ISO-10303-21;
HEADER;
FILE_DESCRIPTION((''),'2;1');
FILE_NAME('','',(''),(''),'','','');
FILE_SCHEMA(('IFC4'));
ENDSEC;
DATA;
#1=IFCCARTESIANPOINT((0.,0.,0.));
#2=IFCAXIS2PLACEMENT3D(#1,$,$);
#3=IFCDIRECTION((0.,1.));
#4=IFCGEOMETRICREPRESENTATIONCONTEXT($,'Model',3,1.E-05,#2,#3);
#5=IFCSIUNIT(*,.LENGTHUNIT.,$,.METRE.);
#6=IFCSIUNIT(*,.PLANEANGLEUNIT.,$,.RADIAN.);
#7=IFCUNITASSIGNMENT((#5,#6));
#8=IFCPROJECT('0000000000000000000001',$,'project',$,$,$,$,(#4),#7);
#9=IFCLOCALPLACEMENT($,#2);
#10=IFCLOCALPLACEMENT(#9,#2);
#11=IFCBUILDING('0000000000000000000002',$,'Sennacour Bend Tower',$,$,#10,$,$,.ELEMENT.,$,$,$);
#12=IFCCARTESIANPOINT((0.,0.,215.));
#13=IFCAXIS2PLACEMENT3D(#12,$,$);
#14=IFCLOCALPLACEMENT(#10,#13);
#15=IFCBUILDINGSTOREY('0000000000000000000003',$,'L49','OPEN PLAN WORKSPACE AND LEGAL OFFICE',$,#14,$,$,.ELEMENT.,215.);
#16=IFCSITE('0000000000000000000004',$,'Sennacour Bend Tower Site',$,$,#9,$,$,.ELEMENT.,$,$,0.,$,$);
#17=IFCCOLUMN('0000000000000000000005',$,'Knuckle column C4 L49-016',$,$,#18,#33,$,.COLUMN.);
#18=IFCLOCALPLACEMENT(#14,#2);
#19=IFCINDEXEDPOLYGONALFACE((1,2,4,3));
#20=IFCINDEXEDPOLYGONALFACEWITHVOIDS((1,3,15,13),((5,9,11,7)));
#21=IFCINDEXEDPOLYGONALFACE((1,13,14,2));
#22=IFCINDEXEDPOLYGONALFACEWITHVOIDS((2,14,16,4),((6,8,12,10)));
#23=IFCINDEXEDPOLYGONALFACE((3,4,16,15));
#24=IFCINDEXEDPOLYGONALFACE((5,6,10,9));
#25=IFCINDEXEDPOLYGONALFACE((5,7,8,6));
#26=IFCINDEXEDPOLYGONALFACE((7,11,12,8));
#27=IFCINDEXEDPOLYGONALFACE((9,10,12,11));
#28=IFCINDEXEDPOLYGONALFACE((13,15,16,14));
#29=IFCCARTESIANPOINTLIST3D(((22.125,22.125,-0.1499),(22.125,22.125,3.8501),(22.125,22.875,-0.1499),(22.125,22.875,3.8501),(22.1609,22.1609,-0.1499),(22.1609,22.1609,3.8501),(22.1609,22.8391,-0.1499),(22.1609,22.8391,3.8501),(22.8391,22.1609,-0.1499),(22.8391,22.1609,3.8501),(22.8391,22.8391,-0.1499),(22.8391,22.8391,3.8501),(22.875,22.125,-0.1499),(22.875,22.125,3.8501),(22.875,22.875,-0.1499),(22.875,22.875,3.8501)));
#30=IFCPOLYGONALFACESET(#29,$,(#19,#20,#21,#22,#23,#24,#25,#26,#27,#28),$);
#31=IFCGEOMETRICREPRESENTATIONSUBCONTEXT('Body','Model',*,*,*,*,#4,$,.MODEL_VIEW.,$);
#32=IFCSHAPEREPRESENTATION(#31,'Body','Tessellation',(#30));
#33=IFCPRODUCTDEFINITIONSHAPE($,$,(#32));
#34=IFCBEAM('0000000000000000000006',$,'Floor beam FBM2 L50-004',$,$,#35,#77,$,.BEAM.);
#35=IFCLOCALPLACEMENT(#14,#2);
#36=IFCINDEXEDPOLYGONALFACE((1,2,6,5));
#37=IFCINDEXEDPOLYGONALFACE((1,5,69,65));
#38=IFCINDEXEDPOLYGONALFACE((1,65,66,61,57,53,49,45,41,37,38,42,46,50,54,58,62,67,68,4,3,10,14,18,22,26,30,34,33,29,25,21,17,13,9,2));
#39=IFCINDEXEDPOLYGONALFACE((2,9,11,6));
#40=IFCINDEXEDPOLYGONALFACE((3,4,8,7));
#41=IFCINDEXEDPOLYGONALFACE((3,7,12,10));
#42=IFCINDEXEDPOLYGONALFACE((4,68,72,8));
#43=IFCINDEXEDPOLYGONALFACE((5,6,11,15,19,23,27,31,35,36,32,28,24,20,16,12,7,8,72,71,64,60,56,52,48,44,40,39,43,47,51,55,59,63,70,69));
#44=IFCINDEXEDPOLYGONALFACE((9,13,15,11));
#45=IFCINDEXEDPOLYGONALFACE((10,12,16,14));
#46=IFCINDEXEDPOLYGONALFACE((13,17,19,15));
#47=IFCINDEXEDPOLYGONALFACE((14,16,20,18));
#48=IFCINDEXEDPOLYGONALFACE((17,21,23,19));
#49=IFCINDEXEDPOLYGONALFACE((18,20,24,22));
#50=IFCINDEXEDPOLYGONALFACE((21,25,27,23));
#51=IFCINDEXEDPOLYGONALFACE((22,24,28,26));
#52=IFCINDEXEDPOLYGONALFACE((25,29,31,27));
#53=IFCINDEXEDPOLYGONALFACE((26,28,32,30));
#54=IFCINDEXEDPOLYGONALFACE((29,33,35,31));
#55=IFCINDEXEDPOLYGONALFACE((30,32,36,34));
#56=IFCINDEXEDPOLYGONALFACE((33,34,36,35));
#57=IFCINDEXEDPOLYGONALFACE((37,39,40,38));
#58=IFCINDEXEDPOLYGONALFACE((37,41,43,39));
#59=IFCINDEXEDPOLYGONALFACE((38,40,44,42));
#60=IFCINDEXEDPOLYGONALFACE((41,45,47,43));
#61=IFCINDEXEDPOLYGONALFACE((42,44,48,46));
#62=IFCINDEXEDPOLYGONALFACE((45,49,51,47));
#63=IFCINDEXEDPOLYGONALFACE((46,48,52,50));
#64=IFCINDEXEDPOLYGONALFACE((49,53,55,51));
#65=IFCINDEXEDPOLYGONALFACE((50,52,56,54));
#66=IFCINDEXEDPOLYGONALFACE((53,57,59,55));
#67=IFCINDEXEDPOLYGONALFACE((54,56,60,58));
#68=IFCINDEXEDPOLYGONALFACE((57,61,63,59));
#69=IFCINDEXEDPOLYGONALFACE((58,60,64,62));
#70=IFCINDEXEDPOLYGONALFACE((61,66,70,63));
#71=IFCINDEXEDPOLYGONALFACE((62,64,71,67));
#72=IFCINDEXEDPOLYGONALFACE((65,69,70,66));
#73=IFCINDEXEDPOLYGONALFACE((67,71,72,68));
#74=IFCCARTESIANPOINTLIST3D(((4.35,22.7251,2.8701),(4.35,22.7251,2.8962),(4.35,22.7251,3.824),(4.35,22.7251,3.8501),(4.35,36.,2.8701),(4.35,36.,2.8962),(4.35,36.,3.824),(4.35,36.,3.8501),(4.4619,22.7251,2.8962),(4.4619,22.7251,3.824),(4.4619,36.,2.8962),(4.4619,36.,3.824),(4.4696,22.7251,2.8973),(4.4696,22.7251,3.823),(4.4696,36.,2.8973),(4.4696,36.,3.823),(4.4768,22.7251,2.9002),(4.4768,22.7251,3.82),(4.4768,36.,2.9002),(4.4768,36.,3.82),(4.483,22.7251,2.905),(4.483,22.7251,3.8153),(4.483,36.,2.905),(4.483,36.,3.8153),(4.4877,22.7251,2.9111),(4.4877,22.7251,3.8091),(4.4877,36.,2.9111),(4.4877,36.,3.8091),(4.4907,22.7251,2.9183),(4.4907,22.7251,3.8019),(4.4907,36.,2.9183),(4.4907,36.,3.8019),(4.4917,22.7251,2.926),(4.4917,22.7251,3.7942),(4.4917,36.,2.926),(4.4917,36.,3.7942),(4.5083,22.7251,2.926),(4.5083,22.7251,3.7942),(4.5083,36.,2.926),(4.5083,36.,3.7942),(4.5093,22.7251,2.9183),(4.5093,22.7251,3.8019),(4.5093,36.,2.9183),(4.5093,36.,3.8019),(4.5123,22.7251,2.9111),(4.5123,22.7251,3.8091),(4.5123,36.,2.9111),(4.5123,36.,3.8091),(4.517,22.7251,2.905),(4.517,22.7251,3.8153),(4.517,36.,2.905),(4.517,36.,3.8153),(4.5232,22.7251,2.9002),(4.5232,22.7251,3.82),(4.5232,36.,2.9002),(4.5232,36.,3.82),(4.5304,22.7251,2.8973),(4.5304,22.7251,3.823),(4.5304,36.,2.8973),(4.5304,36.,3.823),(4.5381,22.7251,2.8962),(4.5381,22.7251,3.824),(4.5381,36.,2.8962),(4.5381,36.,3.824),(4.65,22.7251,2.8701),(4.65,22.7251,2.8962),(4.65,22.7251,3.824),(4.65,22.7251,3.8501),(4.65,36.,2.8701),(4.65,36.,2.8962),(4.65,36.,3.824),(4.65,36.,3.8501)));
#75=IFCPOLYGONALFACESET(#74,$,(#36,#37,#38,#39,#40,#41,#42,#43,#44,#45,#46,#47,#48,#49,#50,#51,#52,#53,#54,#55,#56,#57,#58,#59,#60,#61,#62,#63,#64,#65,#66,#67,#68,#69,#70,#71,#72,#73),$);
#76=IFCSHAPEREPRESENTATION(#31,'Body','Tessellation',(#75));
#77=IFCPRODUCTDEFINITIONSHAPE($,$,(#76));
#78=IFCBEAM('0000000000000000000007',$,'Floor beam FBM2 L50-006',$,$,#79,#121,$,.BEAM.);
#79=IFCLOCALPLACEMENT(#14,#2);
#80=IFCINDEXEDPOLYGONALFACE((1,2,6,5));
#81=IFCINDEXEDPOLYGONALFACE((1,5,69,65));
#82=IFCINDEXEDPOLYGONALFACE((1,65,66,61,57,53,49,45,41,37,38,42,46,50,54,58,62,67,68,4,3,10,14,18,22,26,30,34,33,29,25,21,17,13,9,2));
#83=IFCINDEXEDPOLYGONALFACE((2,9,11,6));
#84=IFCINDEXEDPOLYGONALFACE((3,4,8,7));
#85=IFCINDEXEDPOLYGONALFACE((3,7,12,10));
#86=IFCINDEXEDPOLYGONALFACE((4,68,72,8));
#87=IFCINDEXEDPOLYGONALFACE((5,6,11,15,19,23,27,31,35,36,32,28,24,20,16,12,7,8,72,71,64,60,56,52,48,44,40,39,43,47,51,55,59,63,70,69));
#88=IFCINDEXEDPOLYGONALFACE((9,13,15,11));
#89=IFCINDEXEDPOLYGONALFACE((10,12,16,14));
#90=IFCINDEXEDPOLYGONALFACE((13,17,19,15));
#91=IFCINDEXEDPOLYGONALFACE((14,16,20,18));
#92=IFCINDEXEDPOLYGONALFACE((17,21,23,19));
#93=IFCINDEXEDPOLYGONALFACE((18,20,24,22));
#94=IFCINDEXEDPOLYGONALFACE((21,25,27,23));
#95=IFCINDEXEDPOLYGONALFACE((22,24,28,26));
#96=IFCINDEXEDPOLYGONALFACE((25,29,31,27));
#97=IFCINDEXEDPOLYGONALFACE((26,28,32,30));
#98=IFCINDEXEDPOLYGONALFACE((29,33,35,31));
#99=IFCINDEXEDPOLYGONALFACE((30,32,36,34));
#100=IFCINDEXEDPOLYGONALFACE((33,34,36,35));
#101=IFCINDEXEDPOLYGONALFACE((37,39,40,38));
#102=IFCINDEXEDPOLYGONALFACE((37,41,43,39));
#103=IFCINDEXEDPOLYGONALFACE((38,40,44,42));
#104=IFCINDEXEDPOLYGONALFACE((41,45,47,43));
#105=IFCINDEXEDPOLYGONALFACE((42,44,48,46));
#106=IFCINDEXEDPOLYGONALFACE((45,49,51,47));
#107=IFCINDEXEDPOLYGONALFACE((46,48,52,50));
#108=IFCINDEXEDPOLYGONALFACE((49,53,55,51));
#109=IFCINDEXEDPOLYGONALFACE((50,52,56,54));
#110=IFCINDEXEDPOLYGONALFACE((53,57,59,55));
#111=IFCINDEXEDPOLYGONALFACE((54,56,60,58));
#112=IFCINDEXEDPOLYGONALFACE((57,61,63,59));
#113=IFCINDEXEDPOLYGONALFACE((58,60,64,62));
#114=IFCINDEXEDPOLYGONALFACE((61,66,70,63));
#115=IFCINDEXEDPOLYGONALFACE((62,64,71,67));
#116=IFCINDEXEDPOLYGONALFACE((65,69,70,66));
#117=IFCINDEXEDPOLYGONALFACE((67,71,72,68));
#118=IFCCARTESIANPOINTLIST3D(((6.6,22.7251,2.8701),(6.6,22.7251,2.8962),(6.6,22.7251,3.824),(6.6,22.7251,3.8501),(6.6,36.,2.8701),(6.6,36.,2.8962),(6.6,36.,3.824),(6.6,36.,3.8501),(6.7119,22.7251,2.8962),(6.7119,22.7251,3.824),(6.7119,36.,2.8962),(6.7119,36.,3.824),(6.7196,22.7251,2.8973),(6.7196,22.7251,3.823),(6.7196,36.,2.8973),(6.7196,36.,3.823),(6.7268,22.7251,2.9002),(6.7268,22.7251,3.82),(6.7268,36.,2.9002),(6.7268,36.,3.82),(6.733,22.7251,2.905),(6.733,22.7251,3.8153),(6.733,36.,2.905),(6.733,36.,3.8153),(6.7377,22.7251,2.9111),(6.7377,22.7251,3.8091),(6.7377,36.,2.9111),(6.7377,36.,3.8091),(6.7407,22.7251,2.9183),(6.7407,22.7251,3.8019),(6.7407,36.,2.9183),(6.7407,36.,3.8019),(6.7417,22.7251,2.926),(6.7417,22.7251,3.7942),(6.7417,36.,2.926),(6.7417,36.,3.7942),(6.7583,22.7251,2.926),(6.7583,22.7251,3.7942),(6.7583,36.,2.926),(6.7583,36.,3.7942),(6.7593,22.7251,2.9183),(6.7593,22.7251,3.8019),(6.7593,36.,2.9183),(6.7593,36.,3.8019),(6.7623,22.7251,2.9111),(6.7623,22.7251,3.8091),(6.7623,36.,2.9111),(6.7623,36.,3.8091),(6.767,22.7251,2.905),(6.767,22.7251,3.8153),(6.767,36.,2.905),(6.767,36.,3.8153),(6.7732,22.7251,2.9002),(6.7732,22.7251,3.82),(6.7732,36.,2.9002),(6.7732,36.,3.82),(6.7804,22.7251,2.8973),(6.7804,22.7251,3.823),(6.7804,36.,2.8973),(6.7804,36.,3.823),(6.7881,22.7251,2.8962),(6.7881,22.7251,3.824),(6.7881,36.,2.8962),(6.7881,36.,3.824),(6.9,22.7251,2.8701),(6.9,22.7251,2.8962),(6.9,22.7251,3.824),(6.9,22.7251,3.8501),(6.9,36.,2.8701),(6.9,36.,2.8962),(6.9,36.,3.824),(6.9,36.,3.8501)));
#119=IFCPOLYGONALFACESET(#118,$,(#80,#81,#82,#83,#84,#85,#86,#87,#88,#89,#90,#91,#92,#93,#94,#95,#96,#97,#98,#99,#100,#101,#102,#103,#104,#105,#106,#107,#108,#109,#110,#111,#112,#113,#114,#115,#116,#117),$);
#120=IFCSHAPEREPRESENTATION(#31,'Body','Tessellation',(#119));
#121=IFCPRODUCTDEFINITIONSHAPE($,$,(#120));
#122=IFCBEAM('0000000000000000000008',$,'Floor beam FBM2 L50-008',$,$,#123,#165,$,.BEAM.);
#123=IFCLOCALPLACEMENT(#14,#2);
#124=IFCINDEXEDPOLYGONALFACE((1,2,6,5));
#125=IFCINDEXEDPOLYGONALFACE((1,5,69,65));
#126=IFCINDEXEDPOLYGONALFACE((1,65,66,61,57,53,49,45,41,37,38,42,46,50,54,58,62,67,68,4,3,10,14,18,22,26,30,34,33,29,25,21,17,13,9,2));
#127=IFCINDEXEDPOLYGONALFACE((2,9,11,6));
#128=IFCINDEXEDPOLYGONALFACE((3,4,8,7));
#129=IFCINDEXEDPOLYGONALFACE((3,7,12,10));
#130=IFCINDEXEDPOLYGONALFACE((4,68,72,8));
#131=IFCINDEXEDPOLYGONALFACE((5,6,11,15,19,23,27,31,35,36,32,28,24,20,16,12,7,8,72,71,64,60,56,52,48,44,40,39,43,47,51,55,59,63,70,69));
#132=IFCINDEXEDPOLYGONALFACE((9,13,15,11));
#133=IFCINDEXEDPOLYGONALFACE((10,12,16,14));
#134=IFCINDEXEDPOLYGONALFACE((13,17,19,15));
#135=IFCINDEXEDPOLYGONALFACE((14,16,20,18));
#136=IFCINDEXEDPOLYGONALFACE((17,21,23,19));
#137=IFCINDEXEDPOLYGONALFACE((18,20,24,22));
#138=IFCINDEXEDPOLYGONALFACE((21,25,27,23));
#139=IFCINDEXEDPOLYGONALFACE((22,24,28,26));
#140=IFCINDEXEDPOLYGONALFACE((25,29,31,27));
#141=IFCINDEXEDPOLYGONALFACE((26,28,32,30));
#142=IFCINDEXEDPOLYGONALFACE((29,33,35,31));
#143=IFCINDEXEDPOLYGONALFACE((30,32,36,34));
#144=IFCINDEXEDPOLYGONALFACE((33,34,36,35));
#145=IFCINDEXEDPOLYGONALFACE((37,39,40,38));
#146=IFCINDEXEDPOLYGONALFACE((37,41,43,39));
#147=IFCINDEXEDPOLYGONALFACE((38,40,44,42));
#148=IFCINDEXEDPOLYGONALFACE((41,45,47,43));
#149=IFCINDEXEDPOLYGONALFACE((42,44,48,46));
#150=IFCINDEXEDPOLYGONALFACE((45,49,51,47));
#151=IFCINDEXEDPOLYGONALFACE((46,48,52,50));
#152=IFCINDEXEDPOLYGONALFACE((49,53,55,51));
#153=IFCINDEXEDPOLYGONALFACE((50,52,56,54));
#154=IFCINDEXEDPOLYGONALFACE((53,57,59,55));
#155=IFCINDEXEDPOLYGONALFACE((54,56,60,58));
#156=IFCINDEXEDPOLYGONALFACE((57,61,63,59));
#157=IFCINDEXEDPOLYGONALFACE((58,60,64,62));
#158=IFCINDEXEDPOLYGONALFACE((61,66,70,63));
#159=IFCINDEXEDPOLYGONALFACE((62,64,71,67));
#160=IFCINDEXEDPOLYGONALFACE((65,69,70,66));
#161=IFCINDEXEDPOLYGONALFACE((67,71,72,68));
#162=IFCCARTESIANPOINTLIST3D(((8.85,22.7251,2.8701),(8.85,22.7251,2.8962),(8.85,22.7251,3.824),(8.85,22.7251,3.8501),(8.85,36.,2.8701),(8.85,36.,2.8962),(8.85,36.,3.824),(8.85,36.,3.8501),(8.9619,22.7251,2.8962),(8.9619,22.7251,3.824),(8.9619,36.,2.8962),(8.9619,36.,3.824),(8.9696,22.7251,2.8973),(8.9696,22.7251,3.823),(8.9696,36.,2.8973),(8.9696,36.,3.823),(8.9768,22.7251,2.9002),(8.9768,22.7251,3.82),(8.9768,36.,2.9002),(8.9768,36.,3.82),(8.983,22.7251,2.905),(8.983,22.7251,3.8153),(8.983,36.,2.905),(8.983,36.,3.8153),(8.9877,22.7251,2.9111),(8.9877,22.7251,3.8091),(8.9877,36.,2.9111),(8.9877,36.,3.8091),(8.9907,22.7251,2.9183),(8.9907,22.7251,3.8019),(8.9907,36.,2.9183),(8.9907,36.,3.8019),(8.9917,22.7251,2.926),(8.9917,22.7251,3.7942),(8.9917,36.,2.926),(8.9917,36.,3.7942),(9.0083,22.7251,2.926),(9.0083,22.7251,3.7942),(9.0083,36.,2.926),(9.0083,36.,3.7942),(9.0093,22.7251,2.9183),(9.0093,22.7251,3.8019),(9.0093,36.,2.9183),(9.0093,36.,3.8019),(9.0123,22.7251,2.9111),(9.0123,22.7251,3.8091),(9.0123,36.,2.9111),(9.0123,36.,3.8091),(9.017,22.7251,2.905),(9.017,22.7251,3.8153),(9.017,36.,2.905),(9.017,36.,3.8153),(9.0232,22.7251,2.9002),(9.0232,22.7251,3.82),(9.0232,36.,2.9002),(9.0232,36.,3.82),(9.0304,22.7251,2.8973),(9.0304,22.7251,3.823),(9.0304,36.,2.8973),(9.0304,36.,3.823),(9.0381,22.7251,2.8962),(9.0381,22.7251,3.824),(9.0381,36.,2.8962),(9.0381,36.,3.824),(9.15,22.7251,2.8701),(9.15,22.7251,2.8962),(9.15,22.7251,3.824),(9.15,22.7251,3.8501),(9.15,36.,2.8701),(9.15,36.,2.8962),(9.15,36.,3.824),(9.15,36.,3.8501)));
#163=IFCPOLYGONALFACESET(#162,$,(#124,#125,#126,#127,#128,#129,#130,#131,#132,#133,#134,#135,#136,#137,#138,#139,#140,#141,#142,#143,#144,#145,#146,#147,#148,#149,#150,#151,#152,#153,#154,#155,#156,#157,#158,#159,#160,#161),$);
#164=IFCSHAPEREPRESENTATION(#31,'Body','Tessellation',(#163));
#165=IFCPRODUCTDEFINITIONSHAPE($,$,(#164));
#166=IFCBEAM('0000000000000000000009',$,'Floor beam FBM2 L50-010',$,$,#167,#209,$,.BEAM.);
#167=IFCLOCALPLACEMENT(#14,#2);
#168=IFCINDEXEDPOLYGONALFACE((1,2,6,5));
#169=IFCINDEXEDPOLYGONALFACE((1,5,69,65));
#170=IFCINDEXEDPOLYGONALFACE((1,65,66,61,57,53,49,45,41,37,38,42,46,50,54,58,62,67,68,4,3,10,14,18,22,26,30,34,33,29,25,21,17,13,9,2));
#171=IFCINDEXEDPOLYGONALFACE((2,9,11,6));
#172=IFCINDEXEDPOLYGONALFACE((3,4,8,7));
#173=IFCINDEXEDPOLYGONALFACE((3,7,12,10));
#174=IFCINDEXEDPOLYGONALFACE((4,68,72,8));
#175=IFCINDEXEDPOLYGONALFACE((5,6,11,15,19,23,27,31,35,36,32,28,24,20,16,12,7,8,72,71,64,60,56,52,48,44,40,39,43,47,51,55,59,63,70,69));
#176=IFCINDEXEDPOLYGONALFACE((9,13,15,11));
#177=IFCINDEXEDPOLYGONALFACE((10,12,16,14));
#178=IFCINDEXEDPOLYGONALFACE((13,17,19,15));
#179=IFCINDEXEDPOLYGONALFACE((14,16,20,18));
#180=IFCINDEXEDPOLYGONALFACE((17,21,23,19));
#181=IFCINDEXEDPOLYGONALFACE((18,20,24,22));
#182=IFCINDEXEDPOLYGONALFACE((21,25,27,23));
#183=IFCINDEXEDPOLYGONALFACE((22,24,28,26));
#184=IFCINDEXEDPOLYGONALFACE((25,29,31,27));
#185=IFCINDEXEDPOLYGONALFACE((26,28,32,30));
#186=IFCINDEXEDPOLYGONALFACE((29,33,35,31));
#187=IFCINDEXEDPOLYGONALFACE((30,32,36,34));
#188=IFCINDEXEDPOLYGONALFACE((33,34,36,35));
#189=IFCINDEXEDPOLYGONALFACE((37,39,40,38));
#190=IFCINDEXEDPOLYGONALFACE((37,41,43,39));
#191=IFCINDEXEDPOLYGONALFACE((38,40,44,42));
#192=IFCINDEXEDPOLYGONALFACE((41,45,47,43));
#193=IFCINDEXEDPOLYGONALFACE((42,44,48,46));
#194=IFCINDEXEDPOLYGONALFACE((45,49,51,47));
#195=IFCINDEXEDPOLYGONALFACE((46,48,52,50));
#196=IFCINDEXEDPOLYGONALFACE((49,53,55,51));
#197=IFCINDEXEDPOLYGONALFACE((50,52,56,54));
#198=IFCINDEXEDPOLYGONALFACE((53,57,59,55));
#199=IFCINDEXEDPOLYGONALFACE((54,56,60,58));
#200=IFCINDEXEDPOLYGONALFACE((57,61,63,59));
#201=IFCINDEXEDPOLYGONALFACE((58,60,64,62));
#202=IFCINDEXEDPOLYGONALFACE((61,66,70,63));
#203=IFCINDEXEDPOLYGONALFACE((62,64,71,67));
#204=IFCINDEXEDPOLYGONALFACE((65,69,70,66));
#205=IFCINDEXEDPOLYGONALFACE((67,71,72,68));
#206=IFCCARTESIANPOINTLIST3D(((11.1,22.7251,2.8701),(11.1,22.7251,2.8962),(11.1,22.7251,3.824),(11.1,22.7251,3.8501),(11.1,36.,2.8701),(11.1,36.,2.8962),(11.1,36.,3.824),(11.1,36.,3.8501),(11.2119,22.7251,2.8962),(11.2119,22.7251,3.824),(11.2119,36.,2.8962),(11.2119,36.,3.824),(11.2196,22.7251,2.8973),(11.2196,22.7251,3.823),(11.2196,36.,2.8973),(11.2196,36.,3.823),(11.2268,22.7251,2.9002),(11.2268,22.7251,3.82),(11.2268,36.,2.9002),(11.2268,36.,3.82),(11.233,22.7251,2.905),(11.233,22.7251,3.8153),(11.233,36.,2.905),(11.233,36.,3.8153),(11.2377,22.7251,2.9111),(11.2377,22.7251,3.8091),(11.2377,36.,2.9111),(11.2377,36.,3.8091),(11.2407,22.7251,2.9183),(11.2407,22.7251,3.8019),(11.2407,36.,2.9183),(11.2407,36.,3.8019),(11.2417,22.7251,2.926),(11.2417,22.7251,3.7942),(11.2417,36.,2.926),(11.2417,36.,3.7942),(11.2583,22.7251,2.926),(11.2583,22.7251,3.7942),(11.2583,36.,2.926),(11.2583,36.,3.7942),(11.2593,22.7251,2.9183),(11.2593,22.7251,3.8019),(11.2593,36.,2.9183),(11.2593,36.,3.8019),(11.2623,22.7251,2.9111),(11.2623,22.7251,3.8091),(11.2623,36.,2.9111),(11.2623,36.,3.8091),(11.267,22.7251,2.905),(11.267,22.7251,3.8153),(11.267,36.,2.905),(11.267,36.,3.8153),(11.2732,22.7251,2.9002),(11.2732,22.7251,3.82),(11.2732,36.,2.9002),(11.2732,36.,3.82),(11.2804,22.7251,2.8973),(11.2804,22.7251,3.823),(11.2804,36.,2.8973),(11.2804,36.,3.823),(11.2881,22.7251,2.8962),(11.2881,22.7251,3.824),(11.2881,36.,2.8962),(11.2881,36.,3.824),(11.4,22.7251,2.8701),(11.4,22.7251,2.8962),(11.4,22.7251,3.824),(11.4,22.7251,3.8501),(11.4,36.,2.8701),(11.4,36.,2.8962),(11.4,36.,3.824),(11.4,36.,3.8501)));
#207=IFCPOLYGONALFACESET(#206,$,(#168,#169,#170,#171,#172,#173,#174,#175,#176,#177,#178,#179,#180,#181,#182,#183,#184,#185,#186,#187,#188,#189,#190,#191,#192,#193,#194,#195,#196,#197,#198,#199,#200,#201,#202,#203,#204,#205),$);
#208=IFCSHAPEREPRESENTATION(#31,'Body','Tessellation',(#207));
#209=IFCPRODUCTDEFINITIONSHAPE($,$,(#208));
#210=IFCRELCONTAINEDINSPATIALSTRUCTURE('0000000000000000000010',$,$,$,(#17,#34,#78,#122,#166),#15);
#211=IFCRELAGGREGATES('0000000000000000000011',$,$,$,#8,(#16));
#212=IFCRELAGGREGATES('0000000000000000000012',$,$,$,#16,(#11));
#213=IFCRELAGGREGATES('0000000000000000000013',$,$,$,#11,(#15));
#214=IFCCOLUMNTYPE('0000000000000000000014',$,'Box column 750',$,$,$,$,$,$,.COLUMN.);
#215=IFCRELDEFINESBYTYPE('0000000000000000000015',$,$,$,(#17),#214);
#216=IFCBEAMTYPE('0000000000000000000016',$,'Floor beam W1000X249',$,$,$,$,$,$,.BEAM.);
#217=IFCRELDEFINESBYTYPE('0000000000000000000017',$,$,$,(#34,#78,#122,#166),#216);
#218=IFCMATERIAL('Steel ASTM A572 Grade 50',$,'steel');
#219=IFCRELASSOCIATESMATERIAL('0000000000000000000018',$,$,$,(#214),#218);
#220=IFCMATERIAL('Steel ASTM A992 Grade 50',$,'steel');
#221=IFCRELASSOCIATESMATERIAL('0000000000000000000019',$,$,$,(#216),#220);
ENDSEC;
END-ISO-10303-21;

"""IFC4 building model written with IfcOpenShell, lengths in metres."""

from ifc_helpers import new_model, si_unit, direction, frame, origin, origin_2d, place, context, subcontext, project, spatial, hollow_rectangle, i_section, extrude, material, material_profile, profile_set, type_object, element, save


model = new_model("IFC4")

# Units and contexts
model_context = context("Model", 3, precision=1e-05, world=origin(), true_north=direction((0.0, 1.0)))
body_context = subcontext(model_context, "Body", "Model", "MODEL_VIEW")
ifc_project = project(units=[si_unit("LENGTHUNIT", "METRE"), si_unit("PLANEANGLEUNIT", "RADIAN")], contexts=[model_context])

# Site, building, storey
site_placement = place(None, origin())
site = spatial("IfcSite", under=ifc_project, at=site_placement, Name="Sennacour Bend Tower Site", CompositionType="ELEMENT", RefElevation=0.0)
building_placement = place(site_placement, origin())
building = spatial("IfcBuilding", under=site, at=building_placement, Name="Sennacour Bend Tower", CompositionType="ELEMENT")
storey_placement = place(building_placement, frame((0.0, 0.0, 215.0)))
storey = spatial("IfcBuildingStorey", under=building, at=storey_placement, Name="L49", Description="OPEN PLAN WORKSPACE AND LEGAL OFFICE", CompositionType="ELEMENT", Elevation=215.0)

# Column
ifc_material_1 = material(Name="Steel ASTM A572 Grade 50", Category="steel")
ifc_material_profile_1 = material_profile(ifc_material_1, hollow_rectangle(XDim=0.75, YDim=0.75, WallThickness=0.0359, at=origin_2d()), Name="Steel ASTM A572 Grade 50", Category="steel")
ifc_profile_set_1 = profile_set([ifc_material_profile_1], Name="Steel ASTM A572 Grade 50")
column_type = type_object("IfcColumnType", Name="Box column 750", PredefinedType="COLUMN", material=ifc_profile_set_1)
column_placement = place(storey_placement, frame((22.5, 22.5, -0.1499), z_axis=(0.0, 0.0, 1.0), x_axis=(1.0, 0.0, 0.0)))
element("IfcColumn", 1, at=column_placement, inside=storey, type_object=column_type, Name="Knuckle column C4 L49-016", PredefinedType="COLUMN", context=body_context, shape_type="SweptSolid", body=[
    extrude(hollow_rectangle(XDim=0.75, YDim=0.75, WallThickness=0.0359, at=origin_2d()), origin(), (0.0, 0.0, 1.0), 4.0),
])

# Beams
ifc_material_2 = material(Name="Steel ASTM A992 Grade 50", Category="steel")
ifc_material_profile_2 = material_profile(ifc_material_2, i_section(OverallWidth=0.3, OverallDepth=0.98, WebThickness=0.0166, FlangeThickness=0.0261, FilletRadius=0.0298, at=origin_2d()), Name="Steel ASTM A992 Grade 50", Category="steel")
ifc_profile_set_2 = profile_set([ifc_material_profile_2], Name="Steel ASTM A992 Grade 50")
beam_type_1 = type_object("IfcBeamType", Name="Floor beam W1000X249", PredefinedType="BEAM", material=ifc_profile_set_2)
for number, where, z_axis, x_axis, name in (
    (2, (4.5, 22.7251, 3.3601), (0.0, 1.0, 0.0), (-1.0, 0.0, 0.0), "Floor beam FBM2 L50-004"),
    (3, (6.75, 22.7251, 3.3601), (0.0, 1.0, 0.0), (-1.0, 0.0, 0.0), "Floor beam FBM2 L50-006"),
    (4, (9.0, 22.7251, 3.3601), (0.0, 1.0, 0.0), (-1.0, 0.0, 0.0), "Floor beam FBM2 L50-008"),
    (5, (11.25, 22.7251, 3.3601), (0.0, 1.0, 0.0), (-1.0, 0.0, 0.0), "Floor beam FBM2 L50-010"),
):
    element("IfcBeam", number, at=place(storey_placement, frame(where, z_axis=z_axis, x_axis=x_axis)), inside=storey, type_object=beam_type_1, Name=name, PredefinedType="BEAM", context=body_context, shape_type="SweptSolid", body=[
        extrude(i_section(OverallWidth=0.3, OverallDepth=0.98, WebThickness=0.0166, FlangeThickness=0.0261, FilletRadius=0.0298, at=origin_2d()), origin(), (0.0, 0.0, 1.0), 13.2749),
    ])

save(model, "model.ifc")
